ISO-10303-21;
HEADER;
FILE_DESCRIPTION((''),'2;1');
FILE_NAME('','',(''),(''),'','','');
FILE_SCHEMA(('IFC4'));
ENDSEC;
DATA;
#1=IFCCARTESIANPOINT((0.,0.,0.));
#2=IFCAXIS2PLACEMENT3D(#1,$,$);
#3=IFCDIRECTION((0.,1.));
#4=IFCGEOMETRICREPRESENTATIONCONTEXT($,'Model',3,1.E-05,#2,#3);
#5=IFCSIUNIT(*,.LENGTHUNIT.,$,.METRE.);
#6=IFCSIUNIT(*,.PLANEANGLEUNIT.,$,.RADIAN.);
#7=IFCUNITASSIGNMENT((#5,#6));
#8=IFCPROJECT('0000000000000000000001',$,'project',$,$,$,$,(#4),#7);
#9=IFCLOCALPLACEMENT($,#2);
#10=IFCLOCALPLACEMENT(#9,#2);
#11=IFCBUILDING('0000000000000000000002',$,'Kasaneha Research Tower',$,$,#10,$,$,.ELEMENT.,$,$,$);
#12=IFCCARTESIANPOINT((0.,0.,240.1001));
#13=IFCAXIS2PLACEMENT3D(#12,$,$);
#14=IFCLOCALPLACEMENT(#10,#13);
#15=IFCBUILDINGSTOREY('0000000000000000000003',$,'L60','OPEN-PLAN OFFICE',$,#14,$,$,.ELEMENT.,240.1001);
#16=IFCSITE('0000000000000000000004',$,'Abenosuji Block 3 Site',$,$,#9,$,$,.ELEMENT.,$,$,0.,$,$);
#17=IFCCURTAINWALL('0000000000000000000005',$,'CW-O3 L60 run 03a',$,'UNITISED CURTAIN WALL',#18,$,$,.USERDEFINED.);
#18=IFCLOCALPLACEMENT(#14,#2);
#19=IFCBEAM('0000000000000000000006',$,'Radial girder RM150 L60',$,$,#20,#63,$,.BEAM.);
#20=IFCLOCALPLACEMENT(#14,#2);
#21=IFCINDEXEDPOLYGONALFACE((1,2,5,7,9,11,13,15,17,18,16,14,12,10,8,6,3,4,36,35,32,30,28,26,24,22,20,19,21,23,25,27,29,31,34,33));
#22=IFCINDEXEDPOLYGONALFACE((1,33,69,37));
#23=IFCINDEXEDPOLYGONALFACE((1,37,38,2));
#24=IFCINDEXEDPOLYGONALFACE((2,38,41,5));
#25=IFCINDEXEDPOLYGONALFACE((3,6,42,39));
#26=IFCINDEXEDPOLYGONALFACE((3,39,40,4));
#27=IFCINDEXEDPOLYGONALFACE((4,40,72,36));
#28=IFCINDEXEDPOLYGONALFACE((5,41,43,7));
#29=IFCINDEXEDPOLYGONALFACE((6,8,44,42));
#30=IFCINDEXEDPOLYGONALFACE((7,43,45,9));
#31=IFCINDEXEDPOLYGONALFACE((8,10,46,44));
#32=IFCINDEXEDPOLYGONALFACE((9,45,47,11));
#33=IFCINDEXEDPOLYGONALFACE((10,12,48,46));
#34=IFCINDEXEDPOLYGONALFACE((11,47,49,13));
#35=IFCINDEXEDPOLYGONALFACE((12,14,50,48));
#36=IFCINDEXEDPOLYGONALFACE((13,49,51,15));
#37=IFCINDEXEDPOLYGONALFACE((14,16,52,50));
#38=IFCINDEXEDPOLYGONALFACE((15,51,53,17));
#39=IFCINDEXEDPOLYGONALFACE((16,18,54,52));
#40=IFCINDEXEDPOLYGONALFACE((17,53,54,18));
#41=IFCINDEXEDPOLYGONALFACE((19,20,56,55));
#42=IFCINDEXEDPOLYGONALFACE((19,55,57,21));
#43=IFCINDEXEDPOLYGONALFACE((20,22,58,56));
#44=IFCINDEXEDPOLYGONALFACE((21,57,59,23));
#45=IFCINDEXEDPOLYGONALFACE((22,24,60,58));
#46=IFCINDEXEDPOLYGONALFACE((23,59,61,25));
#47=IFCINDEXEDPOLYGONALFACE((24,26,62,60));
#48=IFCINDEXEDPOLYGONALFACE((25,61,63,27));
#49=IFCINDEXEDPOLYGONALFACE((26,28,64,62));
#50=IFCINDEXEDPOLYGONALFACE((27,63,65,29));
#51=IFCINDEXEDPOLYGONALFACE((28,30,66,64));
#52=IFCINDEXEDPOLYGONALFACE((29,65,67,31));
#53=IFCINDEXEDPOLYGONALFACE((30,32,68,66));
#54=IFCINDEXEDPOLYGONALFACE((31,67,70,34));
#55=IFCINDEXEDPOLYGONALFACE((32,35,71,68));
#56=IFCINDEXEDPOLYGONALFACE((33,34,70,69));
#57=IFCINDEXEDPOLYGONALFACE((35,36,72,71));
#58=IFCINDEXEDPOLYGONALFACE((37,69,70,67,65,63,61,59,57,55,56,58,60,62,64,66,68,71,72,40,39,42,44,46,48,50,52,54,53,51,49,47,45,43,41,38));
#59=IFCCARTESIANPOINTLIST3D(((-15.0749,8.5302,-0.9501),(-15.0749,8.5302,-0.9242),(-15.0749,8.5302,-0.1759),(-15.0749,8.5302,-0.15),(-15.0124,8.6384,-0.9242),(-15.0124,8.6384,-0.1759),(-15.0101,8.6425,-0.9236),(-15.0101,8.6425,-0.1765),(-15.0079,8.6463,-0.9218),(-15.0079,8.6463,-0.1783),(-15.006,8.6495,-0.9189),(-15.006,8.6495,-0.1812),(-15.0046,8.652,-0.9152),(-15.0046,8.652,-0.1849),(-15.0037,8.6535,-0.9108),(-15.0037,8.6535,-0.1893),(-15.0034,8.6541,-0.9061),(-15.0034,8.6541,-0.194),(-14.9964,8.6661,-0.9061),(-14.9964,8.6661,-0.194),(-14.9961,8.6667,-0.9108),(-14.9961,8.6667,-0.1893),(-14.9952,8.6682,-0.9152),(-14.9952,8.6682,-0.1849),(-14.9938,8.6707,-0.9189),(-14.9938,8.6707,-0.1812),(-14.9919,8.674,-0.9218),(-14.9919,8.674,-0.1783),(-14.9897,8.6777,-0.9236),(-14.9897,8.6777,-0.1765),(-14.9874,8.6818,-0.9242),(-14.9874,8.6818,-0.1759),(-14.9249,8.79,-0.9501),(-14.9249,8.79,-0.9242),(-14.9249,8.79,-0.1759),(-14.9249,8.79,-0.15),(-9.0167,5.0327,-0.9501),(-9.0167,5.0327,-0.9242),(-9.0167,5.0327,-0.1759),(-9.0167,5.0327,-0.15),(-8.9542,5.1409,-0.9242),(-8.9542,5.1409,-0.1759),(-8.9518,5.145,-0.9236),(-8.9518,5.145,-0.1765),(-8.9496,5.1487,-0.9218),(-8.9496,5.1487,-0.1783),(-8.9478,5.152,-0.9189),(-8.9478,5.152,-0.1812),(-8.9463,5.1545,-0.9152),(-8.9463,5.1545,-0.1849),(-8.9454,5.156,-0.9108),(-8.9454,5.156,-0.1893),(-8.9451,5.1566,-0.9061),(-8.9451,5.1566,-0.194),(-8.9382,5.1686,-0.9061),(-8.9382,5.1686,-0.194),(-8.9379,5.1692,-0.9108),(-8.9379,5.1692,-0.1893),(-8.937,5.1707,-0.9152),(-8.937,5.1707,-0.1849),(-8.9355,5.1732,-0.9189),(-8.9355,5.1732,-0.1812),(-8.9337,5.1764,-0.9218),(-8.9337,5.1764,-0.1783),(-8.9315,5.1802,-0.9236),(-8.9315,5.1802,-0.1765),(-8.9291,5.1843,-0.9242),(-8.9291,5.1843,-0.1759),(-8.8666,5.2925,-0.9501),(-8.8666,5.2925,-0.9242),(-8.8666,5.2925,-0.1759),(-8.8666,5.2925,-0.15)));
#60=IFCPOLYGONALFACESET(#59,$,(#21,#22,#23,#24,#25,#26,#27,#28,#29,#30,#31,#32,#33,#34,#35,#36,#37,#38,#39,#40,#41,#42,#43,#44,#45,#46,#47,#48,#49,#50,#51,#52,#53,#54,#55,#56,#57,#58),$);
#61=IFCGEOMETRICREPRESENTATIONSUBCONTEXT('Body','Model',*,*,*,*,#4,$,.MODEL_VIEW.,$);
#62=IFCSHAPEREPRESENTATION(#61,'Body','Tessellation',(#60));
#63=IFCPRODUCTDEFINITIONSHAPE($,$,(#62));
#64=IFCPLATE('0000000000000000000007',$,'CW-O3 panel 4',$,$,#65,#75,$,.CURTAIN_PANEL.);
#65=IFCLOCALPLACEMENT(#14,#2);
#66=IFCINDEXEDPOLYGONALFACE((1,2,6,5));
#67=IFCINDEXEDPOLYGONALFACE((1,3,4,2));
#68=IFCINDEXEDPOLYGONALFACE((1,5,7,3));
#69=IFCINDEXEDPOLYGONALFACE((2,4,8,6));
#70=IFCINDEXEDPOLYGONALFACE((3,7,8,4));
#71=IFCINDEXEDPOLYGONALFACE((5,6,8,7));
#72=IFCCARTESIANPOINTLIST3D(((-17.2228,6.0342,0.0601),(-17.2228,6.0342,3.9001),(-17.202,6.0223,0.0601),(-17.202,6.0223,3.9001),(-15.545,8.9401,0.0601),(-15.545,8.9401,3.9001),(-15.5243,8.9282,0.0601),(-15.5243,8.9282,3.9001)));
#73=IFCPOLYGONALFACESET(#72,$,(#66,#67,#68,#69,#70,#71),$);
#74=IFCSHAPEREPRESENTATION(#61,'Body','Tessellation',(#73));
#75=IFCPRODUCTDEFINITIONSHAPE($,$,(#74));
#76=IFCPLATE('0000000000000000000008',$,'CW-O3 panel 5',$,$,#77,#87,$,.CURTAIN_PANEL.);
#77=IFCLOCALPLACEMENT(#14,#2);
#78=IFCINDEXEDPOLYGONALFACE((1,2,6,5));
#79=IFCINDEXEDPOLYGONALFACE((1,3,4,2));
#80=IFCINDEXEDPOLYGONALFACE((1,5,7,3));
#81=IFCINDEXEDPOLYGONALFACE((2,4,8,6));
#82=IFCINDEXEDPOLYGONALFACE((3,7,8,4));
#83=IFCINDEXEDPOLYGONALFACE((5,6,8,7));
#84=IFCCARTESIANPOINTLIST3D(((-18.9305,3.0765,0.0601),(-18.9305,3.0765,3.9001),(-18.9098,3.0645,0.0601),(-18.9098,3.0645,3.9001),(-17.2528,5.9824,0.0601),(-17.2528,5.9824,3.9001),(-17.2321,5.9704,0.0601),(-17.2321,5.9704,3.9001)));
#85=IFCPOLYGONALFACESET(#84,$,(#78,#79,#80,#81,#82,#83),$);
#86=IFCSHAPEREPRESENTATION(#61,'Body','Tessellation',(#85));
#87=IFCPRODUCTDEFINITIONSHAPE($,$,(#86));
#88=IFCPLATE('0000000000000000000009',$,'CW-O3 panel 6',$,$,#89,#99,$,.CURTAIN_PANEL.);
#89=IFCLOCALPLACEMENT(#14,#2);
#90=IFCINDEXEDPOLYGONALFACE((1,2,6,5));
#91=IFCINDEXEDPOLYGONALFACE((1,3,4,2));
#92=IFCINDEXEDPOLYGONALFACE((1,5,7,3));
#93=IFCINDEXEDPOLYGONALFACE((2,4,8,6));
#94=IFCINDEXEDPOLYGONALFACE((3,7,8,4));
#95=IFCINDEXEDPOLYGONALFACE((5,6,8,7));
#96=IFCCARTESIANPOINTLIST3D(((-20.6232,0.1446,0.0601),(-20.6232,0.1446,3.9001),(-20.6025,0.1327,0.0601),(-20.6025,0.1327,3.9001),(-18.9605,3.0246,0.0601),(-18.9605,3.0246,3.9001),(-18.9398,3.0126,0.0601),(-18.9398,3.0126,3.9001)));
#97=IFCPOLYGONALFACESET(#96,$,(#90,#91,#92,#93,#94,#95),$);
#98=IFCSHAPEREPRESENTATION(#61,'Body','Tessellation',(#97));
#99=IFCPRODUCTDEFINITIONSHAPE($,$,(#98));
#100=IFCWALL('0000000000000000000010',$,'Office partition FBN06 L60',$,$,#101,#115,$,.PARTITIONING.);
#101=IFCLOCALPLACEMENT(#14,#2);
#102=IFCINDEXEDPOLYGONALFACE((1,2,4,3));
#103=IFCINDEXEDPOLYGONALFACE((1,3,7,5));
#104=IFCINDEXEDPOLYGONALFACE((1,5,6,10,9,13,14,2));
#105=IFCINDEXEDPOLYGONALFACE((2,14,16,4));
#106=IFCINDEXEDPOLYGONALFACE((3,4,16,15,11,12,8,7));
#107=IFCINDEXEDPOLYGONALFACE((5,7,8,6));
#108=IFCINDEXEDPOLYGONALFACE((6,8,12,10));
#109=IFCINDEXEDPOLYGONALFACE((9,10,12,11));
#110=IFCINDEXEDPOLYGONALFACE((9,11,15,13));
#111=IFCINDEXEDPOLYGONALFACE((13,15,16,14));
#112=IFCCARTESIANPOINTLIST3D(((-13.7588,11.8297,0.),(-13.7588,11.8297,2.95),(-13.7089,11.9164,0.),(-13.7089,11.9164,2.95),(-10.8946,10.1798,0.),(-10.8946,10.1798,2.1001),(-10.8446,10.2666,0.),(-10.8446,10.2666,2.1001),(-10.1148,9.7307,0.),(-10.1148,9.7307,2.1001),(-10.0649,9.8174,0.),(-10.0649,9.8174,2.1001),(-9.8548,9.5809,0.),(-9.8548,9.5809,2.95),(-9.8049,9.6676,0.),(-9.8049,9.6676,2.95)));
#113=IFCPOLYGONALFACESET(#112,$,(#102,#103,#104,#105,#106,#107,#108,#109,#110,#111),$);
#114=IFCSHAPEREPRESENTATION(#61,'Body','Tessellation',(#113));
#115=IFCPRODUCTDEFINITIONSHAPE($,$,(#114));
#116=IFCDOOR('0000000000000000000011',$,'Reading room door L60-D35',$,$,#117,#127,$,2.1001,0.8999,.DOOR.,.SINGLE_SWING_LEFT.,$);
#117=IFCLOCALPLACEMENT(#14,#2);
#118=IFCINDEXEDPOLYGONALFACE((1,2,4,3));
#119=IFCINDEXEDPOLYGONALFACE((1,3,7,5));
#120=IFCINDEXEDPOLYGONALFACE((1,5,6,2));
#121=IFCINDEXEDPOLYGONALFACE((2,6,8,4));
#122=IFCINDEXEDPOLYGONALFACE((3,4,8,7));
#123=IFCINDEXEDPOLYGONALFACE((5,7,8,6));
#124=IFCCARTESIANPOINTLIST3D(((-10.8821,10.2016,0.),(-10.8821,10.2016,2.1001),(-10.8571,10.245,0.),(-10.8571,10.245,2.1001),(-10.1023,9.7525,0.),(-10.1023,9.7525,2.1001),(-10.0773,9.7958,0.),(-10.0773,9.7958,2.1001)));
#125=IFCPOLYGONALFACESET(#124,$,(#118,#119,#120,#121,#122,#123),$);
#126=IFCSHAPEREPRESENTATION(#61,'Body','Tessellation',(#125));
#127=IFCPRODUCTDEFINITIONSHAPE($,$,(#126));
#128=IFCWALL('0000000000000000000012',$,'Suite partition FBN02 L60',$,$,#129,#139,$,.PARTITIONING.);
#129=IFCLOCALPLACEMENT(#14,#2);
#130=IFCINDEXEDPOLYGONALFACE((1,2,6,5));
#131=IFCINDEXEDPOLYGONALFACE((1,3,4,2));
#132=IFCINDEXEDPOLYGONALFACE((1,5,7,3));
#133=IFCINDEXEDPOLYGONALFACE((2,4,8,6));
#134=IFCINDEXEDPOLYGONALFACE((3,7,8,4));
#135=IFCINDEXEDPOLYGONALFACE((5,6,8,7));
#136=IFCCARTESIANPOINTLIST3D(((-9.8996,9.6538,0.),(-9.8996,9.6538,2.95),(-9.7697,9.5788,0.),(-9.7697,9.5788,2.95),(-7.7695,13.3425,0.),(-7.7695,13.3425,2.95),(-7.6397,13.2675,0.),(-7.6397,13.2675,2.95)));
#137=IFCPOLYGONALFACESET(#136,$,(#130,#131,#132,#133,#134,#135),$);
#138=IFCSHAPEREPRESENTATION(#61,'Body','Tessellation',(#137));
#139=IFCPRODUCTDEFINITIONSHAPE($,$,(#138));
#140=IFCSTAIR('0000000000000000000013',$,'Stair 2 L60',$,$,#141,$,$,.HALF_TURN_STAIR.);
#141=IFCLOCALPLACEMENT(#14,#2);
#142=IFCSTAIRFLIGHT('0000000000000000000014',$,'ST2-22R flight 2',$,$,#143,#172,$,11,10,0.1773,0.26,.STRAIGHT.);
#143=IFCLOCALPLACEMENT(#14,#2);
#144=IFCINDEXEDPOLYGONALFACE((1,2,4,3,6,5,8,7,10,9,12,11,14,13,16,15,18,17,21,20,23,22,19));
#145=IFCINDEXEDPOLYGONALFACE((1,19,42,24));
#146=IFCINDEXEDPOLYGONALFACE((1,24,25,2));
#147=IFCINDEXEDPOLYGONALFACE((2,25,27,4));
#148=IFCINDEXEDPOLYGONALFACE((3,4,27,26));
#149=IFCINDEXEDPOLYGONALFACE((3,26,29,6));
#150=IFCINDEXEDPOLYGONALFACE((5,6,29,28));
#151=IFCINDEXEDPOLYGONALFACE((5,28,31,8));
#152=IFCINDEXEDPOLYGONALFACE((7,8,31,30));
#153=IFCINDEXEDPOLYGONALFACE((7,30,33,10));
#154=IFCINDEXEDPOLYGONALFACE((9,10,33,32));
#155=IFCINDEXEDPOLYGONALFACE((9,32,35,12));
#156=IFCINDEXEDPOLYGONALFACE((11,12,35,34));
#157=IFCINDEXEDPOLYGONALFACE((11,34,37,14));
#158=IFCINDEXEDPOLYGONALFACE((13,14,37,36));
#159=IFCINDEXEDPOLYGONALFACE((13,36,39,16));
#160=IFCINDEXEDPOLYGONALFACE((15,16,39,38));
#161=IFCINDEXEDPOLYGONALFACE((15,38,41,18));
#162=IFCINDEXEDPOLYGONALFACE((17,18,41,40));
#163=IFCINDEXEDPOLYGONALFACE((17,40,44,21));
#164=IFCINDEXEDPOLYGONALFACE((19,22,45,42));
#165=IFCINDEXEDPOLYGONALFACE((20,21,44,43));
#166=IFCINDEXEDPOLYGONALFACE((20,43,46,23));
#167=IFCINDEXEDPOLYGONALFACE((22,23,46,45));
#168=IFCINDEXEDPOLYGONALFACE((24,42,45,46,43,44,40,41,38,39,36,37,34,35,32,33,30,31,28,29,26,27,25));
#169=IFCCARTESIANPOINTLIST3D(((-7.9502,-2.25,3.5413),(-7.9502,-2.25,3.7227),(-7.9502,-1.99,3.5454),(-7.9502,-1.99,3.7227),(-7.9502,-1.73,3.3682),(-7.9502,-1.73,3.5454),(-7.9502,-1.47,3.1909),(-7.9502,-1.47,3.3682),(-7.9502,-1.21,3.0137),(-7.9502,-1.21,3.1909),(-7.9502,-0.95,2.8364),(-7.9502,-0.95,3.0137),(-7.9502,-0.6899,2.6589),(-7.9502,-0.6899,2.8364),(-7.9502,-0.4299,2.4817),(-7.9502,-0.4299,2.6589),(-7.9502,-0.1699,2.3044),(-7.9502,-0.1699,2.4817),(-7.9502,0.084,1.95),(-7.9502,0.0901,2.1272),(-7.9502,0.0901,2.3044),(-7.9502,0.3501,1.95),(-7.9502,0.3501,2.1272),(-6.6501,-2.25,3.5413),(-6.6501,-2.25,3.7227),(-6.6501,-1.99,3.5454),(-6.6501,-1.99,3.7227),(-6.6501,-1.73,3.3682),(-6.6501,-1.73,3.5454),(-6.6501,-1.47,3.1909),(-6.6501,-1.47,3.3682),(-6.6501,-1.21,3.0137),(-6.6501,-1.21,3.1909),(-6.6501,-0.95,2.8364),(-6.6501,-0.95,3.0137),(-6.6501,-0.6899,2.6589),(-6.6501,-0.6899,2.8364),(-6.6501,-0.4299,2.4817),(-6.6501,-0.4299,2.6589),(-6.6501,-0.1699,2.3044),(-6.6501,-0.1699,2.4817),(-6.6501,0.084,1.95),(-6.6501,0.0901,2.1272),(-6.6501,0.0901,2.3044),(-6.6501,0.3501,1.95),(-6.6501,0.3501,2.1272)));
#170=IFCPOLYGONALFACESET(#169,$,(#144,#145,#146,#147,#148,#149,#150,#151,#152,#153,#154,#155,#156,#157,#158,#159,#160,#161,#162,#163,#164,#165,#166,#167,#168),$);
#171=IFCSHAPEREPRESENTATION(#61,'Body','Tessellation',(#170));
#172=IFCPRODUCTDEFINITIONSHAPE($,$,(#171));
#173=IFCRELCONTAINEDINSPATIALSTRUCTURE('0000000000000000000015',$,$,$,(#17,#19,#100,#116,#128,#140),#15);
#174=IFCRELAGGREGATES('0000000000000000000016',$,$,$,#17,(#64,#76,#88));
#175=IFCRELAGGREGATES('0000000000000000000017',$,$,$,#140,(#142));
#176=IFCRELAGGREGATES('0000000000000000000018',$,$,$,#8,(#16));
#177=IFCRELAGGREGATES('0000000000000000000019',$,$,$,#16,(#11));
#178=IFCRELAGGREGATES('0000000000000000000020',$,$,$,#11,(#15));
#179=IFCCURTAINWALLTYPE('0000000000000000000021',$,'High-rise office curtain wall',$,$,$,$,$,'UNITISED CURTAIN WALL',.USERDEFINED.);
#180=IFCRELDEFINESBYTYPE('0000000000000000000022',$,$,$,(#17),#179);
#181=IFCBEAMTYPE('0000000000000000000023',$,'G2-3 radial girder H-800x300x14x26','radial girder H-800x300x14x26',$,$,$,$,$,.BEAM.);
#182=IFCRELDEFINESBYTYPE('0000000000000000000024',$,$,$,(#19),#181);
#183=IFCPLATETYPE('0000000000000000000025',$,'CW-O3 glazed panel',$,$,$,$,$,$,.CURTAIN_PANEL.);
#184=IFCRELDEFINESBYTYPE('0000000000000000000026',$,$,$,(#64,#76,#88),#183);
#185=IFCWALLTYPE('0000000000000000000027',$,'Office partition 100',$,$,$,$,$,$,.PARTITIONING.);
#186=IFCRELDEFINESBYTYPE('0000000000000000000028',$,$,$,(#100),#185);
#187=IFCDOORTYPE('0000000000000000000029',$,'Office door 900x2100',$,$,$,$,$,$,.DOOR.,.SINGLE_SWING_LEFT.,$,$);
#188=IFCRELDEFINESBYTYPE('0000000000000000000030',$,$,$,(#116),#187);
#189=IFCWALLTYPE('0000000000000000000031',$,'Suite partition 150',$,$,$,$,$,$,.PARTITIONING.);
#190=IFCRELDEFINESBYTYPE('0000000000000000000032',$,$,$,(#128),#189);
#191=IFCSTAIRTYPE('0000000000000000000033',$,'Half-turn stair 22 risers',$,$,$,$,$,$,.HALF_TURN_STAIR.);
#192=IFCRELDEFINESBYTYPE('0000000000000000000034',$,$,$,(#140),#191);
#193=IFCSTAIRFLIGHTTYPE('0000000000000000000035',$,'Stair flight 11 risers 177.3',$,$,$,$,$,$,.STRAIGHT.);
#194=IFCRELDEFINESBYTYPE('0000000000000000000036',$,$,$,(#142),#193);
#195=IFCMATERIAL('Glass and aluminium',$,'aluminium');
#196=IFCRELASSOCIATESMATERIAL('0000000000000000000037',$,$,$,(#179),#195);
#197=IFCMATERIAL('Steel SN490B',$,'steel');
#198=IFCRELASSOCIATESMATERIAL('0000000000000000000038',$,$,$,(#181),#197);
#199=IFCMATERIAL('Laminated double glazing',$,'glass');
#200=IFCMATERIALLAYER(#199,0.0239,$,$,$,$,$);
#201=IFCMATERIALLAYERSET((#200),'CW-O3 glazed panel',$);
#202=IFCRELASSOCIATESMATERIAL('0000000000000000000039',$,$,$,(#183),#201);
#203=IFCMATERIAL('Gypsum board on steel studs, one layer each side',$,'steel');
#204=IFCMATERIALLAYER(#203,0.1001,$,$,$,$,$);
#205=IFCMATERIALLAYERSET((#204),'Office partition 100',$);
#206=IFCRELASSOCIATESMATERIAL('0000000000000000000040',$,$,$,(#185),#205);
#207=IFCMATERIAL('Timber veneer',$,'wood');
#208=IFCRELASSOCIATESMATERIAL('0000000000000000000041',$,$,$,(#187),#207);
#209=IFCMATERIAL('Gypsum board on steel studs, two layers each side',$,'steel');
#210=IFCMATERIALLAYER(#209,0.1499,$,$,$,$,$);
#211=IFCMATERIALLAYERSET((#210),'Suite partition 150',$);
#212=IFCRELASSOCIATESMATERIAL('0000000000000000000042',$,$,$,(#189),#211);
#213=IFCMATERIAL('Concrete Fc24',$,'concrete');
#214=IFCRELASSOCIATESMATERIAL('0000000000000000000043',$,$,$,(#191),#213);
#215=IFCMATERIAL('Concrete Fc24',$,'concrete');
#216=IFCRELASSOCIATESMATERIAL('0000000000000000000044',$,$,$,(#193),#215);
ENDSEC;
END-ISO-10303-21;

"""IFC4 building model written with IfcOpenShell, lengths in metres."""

from ifc_helpers import new_model, si_unit, direction, frame, frame_2d, origin, origin_2d, place, context, subcontext, project, spatial, polyline, rectangle, i_section, outline, extrude, material, layer, layer_set, material_profile, profile_set, type_object, element, fill, aggregate, save


model = new_model("IFC4")

# Units and contexts
model_context = context("Model", 3, precision=1e-05, world=origin(), true_north=direction((0.0, 1.0)))
body_context = subcontext(model_context, "Body", "Model", "MODEL_VIEW")
ifc_project = project(units=[si_unit("LENGTHUNIT", "METRE"), si_unit("PLANEANGLEUNIT", "RADIAN")], contexts=[model_context])

# Site, building, storey
site_placement = place(None, origin())
site = spatial("IfcSite", under=ifc_project, at=site_placement, Name="Abenosuji Block 3 Site", CompositionType="ELEMENT", RefElevation=0.0)
building_placement = place(site_placement, origin())
building = spatial("IfcBuilding", under=site, at=building_placement, Name="Kasaneha Research Tower", CompositionType="ELEMENT")
storey_placement = place(building_placement, frame((0.0, 0.0, 240.1001)))
storey = spatial("IfcBuildingStorey", under=building, at=storey_placement, Name="L60", Description="OPEN-PLAN OFFICE", CompositionType="ELEMENT", Elevation=240.1001)

# Curtain wall
ifc_material_1 = material(Name="Glass and aluminium", Category="aluminium")
curtain_wall_type = type_object("IfcCurtainWallType", Name="High-rise office curtain wall", ElementType="UNITISED CURTAIN WALL", PredefinedType="USERDEFINED", material=ifc_material_1)
curtain_wall_placement = place(storey_placement, origin())
curtain_wall = element("IfcCurtainWall", 1, at=curtain_wall_placement, inside=storey, type_object=curtain_wall_type, Name="CW-O3 L60 run 03a", ObjectType="UNITISED CURTAIN WALL", PredefinedType="USERDEFINED")

# Beam
ifc_material_2 = material(Name="Steel SN490B", Category="steel")
ifc_material_profile_1 = material_profile(ifc_material_2, i_section(OverallWidth=0.3, OverallDepth=0.8, WebThickness=0.0139, FlangeThickness=0.0259, FilletRadius=0.0181, at=origin_2d()), Name="H-800x300x14x26")
ifc_profile_set_1 = profile_set([ifc_material_profile_1], Name="Steel SN490B")
beam_type_1 = type_object("IfcBeamType", Name="G2-3 radial girder H-800x300x14x26", Description="radial girder H-800x300x14x26", PredefinedType="BEAM", material=ifc_profile_set_1)
beam_1_placement = place(storey_placement, frame((-8.9417, 5.1626, -0.55), z_axis=(-0.86604, 0.499975, 0.0), x_axis=(-0.499975, -0.86604, 0.0)))
element("IfcBeam", 2, at=beam_1_placement, inside=storey, type_object=beam_type_1, Name="Radial girder RM150 L60", PredefinedType="BEAM", context=body_context, shape_type="SweptSolid", body=[
    extrude(i_section(OverallWidth=0.3, OverallDepth=0.8, WebThickness=0.0139, FlangeThickness=0.0259, FilletRadius=0.0181, at=origin_2d()), origin(), (0.0, 0.0, 1.0), 6.9954),
])

# Plates
ifc_material_3 = material(Name="Laminated double glazing", Category="glass")
ifc_layer_1 = layer(ifc_material_3, 0.0239)
ifc_layer_set_1 = layer_set([ifc_layer_1], Name="CW-O3 glazed panel")
plate_type = type_object("IfcPlateType", Name="CW-O3 glazed panel", PredefinedType="CURTAIN_PANEL", material=ifc_layer_set_1)
plate_1_placement = place(storey_placement, frame((-16.3735, 7.4812, 0.0601), z_axis=(0.0, 0.0, 1.0), x_axis=(-0.5, -0.866025, 0.0)))
plate_1 = element("IfcPlate", 3, at=plate_1_placement, type_object=plate_type, Name="CW-O3 panel 4", PredefinedType="CURTAIN_PANEL", context=body_context, shape_type="SweptSolid", body=[
    extrude(rectangle(XDim=3.3555, YDim=0.0239, at=origin_2d()), origin(), (0.0, 0.0, 1.0), 3.8401),
])
plate_2_placement = place(storey_placement, frame((-18.0813, 4.5234, 0.0601), z_axis=(0.0, 0.0, 1.0), x_axis=(-0.5, -0.866025, 0.0)))
plate_2 = element("IfcPlate", 4, at=plate_2_placement, type_object=plate_type, Name="CW-O3 panel 5", PredefinedType="CURTAIN_PANEL", context=body_context, shape_type="SweptSolid", body=[
    extrude(rectangle(XDim=3.3555, YDim=0.0239, at=origin_2d()), origin(), (0.0, 0.0, 1.0), 3.8401),
])
plate_3_placement = place(storey_placement, frame((-19.7815, 1.5786, 0.0601), z_axis=(0.0, 0.0, 1.0), x_axis=(-0.5, -0.866025, 0.0)))
plate_3 = element("IfcPlate", 5, at=plate_3_placement, type_object=plate_type, Name="CW-O3 panel 6", PredefinedType="CURTAIN_PANEL", context=body_context, shape_type="SweptSolid", body=[
    extrude(rectangle(XDim=3.3254, YDim=0.0239, at=origin_2d()), origin(), (0.0, 0.0, 1.0), 3.8401),
])
aggregate(curtain_wall, [plate_1, plate_2, plate_3])

# Wall, opening, door
ifc_material_4 = material(Name="Gypsum board on steel studs, one layer each side", Category="steel")
ifc_layer_2 = layer(ifc_material_4, 0.1001)
ifc_layer_set_2 = layer_set([ifc_layer_2], Name="Office partition 100")
wall_type_1 = type_object("IfcWallType", Name="Office partition 100", PredefinedType="PARTITIONING", material=ifc_layer_set_2)
wall_1_placement = place(storey_placement, frame((-9.8298, 9.6243, 0.0), z_axis=(0.0, 0.0, 1.0), x_axis=(-0.866527, 0.49913, 0.0)))
wall_1 = element("IfcWall", 6, at=wall_1_placement, inside=storey, type_object=wall_type_1, Name="Office partition FBN06 L60", PredefinedType="PARTITIONING", context=body_context, shape_type="SweptSolid", body=[
    extrude(rectangle(XDim=4.5054, YDim=0.1001, at=frame_2d((2.2527, 0.0))), origin(), (0.0, 0.0, 1.0), 2.95),
])
opening_1_placement = place(wall_1_placement, frame((0.3, 0.0, 0.0)))
opening_1 = element("IfcOpeningElement", 7, at=opening_1_placement, cuts=wall_1, PredefinedType="OPENING", context=body_context, shape_type="SweptSolid", body=[
    extrude(rectangle(XDim=0.8999, YDim=2.1001, at=frame_2d((0.45, 1.05))), frame((0.0, 0.0601, 0.0), z_axis=(0.0, -1.0, 0.0), x_axis=(1.0, 0.0, 0.0)), (0.0, 0.0, 1.0), 0.1201),
])
ifc_material_5 = material(Name="Timber veneer", Category="wood")
door_type_1 = type_object("IfcDoorType", Name="Office door 900x2100", OperationType="SINGLE_SWING_LEFT", PredefinedType="DOOR", material=ifc_material_5)
door_1_placement = place(opening_1_placement, origin())
door_1 = element("IfcDoor", 8, at=door_1_placement, inside=storey, type_object=door_type_1, Name="Reading room door L60-D35", OperationType="SINGLE_SWING_LEFT", OverallHeight=2.1001, OverallWidth=0.8999, PredefinedType="DOOR", context=body_context, shape_type="SweptSolid", body=[
    extrude(rectangle(XDim=0.8999, YDim=2.1001, at=frame_2d((0.45, 1.05))), frame((0.0, 0.0249, 0.0), z_axis=(0.0, -1.0, 0.0), x_axis=(1.0, 0.0, 0.0)), (0.0, 0.0, 1.0), 0.05),
])
fill(opening_1, door_1)

# Wall
ifc_material_6 = material(Name="Gypsum board on steel studs, two layers each side", Category="steel")
ifc_layer_3 = layer(ifc_material_6, 0.1499)
ifc_layer_set_3 = layer_set([ifc_layer_3], Name="Suite partition 150")
wall_type_2 = type_object("IfcWallType", Name="Suite partition 150", PredefinedType="PARTITIONING", material=ifc_layer_set_3)
wall_2_placement = place(storey_placement, frame((-9.8347, 9.6162, 0.0), z_axis=(0.0, 0.0, 1.0), x_axis=(0.500078, 0.86598, 0.0)))
element("IfcWall", 9, at=wall_2_placement, inside=storey, type_object=wall_type_2, Name="Suite partition FBN02 L60", PredefinedType="PARTITIONING", context=body_context, shape_type="SweptSolid", body=[
    extrude(rectangle(XDim=4.2595, YDim=0.1499, at=frame_2d((2.1299, 0.0))), origin(), (0.0, 0.0, 1.0), 2.95),
])

# Stair, stair flight
ifc_material_7 = material(Name="Concrete Fc24", Category="concrete")
stair_type = type_object("IfcStairType", Name="Half-turn stair 22 risers", PredefinedType="HALF_TURN_STAIR", material=ifc_material_7)
stair_placement = place(storey_placement, origin())
stair = element("IfcStair", 10, at=stair_placement, inside=storey, type_object=stair_type, Name="Stair 2 L60", PredefinedType="HALF_TURN_STAIR")
ifc_material_8 = material(Name="Concrete Fc24", Category="concrete")
stair_flight_type = type_object("IfcStairFlightType", Name="Stair flight 11 risers 177.3", PredefinedType="STRAIGHT", material=ifc_material_8)
stair_flight_placement = place(storey_placement, frame((-7.3, 0.3501, 1.95), z_axis=(0.0, 0.0, 1.0), x_axis=(0.0, -1.0, 0.0)))
stair_flight = element("IfcStairFlight", 11, at=stair_flight_placement, type_object=stair_flight_type, Name="ST2-22R flight 2", NumberOfRisers=11, NumberOfTreads=10, PredefinedType="STRAIGHT", RiserHeight=0.1773, TreadLength=0.26, context=body_context, shape_type="SweptSolid", body=[
    extrude(outline(polyline([(0.0, 0.0), (0.0, 0.1772), (0.26, 0.1772), (0.26, 0.3545), (0.52, 0.3545), (0.52, 0.5317), (0.78, 0.5317), (0.78, 0.709), (1.04, 0.709), (1.04, 0.8865), (1.3, 0.8865), (1.3, 1.0637), (1.5601, 1.0637), (1.5601, 1.241), (1.8201, 1.241), (1.8201, 1.4182), (2.0801, 1.4182), (2.0801, 1.5955), (2.3401, 1.5955), (2.3401, 1.7727), (2.6001, 1.7727), (2.6001, 1.95), (2.6001, 1.5913), (0.2661, 0.0), (0.0, 0.0)])), frame((0.0, 0.6499, 0.0), z_axis=(0.0, -1.0, 0.0), x_axis=(1.0, 0.0, 0.0)), (0.0, 0.0, 1.0), 1.3),
])
aggregate(stair, [stair_flight])

save(model, "model.ifc")
